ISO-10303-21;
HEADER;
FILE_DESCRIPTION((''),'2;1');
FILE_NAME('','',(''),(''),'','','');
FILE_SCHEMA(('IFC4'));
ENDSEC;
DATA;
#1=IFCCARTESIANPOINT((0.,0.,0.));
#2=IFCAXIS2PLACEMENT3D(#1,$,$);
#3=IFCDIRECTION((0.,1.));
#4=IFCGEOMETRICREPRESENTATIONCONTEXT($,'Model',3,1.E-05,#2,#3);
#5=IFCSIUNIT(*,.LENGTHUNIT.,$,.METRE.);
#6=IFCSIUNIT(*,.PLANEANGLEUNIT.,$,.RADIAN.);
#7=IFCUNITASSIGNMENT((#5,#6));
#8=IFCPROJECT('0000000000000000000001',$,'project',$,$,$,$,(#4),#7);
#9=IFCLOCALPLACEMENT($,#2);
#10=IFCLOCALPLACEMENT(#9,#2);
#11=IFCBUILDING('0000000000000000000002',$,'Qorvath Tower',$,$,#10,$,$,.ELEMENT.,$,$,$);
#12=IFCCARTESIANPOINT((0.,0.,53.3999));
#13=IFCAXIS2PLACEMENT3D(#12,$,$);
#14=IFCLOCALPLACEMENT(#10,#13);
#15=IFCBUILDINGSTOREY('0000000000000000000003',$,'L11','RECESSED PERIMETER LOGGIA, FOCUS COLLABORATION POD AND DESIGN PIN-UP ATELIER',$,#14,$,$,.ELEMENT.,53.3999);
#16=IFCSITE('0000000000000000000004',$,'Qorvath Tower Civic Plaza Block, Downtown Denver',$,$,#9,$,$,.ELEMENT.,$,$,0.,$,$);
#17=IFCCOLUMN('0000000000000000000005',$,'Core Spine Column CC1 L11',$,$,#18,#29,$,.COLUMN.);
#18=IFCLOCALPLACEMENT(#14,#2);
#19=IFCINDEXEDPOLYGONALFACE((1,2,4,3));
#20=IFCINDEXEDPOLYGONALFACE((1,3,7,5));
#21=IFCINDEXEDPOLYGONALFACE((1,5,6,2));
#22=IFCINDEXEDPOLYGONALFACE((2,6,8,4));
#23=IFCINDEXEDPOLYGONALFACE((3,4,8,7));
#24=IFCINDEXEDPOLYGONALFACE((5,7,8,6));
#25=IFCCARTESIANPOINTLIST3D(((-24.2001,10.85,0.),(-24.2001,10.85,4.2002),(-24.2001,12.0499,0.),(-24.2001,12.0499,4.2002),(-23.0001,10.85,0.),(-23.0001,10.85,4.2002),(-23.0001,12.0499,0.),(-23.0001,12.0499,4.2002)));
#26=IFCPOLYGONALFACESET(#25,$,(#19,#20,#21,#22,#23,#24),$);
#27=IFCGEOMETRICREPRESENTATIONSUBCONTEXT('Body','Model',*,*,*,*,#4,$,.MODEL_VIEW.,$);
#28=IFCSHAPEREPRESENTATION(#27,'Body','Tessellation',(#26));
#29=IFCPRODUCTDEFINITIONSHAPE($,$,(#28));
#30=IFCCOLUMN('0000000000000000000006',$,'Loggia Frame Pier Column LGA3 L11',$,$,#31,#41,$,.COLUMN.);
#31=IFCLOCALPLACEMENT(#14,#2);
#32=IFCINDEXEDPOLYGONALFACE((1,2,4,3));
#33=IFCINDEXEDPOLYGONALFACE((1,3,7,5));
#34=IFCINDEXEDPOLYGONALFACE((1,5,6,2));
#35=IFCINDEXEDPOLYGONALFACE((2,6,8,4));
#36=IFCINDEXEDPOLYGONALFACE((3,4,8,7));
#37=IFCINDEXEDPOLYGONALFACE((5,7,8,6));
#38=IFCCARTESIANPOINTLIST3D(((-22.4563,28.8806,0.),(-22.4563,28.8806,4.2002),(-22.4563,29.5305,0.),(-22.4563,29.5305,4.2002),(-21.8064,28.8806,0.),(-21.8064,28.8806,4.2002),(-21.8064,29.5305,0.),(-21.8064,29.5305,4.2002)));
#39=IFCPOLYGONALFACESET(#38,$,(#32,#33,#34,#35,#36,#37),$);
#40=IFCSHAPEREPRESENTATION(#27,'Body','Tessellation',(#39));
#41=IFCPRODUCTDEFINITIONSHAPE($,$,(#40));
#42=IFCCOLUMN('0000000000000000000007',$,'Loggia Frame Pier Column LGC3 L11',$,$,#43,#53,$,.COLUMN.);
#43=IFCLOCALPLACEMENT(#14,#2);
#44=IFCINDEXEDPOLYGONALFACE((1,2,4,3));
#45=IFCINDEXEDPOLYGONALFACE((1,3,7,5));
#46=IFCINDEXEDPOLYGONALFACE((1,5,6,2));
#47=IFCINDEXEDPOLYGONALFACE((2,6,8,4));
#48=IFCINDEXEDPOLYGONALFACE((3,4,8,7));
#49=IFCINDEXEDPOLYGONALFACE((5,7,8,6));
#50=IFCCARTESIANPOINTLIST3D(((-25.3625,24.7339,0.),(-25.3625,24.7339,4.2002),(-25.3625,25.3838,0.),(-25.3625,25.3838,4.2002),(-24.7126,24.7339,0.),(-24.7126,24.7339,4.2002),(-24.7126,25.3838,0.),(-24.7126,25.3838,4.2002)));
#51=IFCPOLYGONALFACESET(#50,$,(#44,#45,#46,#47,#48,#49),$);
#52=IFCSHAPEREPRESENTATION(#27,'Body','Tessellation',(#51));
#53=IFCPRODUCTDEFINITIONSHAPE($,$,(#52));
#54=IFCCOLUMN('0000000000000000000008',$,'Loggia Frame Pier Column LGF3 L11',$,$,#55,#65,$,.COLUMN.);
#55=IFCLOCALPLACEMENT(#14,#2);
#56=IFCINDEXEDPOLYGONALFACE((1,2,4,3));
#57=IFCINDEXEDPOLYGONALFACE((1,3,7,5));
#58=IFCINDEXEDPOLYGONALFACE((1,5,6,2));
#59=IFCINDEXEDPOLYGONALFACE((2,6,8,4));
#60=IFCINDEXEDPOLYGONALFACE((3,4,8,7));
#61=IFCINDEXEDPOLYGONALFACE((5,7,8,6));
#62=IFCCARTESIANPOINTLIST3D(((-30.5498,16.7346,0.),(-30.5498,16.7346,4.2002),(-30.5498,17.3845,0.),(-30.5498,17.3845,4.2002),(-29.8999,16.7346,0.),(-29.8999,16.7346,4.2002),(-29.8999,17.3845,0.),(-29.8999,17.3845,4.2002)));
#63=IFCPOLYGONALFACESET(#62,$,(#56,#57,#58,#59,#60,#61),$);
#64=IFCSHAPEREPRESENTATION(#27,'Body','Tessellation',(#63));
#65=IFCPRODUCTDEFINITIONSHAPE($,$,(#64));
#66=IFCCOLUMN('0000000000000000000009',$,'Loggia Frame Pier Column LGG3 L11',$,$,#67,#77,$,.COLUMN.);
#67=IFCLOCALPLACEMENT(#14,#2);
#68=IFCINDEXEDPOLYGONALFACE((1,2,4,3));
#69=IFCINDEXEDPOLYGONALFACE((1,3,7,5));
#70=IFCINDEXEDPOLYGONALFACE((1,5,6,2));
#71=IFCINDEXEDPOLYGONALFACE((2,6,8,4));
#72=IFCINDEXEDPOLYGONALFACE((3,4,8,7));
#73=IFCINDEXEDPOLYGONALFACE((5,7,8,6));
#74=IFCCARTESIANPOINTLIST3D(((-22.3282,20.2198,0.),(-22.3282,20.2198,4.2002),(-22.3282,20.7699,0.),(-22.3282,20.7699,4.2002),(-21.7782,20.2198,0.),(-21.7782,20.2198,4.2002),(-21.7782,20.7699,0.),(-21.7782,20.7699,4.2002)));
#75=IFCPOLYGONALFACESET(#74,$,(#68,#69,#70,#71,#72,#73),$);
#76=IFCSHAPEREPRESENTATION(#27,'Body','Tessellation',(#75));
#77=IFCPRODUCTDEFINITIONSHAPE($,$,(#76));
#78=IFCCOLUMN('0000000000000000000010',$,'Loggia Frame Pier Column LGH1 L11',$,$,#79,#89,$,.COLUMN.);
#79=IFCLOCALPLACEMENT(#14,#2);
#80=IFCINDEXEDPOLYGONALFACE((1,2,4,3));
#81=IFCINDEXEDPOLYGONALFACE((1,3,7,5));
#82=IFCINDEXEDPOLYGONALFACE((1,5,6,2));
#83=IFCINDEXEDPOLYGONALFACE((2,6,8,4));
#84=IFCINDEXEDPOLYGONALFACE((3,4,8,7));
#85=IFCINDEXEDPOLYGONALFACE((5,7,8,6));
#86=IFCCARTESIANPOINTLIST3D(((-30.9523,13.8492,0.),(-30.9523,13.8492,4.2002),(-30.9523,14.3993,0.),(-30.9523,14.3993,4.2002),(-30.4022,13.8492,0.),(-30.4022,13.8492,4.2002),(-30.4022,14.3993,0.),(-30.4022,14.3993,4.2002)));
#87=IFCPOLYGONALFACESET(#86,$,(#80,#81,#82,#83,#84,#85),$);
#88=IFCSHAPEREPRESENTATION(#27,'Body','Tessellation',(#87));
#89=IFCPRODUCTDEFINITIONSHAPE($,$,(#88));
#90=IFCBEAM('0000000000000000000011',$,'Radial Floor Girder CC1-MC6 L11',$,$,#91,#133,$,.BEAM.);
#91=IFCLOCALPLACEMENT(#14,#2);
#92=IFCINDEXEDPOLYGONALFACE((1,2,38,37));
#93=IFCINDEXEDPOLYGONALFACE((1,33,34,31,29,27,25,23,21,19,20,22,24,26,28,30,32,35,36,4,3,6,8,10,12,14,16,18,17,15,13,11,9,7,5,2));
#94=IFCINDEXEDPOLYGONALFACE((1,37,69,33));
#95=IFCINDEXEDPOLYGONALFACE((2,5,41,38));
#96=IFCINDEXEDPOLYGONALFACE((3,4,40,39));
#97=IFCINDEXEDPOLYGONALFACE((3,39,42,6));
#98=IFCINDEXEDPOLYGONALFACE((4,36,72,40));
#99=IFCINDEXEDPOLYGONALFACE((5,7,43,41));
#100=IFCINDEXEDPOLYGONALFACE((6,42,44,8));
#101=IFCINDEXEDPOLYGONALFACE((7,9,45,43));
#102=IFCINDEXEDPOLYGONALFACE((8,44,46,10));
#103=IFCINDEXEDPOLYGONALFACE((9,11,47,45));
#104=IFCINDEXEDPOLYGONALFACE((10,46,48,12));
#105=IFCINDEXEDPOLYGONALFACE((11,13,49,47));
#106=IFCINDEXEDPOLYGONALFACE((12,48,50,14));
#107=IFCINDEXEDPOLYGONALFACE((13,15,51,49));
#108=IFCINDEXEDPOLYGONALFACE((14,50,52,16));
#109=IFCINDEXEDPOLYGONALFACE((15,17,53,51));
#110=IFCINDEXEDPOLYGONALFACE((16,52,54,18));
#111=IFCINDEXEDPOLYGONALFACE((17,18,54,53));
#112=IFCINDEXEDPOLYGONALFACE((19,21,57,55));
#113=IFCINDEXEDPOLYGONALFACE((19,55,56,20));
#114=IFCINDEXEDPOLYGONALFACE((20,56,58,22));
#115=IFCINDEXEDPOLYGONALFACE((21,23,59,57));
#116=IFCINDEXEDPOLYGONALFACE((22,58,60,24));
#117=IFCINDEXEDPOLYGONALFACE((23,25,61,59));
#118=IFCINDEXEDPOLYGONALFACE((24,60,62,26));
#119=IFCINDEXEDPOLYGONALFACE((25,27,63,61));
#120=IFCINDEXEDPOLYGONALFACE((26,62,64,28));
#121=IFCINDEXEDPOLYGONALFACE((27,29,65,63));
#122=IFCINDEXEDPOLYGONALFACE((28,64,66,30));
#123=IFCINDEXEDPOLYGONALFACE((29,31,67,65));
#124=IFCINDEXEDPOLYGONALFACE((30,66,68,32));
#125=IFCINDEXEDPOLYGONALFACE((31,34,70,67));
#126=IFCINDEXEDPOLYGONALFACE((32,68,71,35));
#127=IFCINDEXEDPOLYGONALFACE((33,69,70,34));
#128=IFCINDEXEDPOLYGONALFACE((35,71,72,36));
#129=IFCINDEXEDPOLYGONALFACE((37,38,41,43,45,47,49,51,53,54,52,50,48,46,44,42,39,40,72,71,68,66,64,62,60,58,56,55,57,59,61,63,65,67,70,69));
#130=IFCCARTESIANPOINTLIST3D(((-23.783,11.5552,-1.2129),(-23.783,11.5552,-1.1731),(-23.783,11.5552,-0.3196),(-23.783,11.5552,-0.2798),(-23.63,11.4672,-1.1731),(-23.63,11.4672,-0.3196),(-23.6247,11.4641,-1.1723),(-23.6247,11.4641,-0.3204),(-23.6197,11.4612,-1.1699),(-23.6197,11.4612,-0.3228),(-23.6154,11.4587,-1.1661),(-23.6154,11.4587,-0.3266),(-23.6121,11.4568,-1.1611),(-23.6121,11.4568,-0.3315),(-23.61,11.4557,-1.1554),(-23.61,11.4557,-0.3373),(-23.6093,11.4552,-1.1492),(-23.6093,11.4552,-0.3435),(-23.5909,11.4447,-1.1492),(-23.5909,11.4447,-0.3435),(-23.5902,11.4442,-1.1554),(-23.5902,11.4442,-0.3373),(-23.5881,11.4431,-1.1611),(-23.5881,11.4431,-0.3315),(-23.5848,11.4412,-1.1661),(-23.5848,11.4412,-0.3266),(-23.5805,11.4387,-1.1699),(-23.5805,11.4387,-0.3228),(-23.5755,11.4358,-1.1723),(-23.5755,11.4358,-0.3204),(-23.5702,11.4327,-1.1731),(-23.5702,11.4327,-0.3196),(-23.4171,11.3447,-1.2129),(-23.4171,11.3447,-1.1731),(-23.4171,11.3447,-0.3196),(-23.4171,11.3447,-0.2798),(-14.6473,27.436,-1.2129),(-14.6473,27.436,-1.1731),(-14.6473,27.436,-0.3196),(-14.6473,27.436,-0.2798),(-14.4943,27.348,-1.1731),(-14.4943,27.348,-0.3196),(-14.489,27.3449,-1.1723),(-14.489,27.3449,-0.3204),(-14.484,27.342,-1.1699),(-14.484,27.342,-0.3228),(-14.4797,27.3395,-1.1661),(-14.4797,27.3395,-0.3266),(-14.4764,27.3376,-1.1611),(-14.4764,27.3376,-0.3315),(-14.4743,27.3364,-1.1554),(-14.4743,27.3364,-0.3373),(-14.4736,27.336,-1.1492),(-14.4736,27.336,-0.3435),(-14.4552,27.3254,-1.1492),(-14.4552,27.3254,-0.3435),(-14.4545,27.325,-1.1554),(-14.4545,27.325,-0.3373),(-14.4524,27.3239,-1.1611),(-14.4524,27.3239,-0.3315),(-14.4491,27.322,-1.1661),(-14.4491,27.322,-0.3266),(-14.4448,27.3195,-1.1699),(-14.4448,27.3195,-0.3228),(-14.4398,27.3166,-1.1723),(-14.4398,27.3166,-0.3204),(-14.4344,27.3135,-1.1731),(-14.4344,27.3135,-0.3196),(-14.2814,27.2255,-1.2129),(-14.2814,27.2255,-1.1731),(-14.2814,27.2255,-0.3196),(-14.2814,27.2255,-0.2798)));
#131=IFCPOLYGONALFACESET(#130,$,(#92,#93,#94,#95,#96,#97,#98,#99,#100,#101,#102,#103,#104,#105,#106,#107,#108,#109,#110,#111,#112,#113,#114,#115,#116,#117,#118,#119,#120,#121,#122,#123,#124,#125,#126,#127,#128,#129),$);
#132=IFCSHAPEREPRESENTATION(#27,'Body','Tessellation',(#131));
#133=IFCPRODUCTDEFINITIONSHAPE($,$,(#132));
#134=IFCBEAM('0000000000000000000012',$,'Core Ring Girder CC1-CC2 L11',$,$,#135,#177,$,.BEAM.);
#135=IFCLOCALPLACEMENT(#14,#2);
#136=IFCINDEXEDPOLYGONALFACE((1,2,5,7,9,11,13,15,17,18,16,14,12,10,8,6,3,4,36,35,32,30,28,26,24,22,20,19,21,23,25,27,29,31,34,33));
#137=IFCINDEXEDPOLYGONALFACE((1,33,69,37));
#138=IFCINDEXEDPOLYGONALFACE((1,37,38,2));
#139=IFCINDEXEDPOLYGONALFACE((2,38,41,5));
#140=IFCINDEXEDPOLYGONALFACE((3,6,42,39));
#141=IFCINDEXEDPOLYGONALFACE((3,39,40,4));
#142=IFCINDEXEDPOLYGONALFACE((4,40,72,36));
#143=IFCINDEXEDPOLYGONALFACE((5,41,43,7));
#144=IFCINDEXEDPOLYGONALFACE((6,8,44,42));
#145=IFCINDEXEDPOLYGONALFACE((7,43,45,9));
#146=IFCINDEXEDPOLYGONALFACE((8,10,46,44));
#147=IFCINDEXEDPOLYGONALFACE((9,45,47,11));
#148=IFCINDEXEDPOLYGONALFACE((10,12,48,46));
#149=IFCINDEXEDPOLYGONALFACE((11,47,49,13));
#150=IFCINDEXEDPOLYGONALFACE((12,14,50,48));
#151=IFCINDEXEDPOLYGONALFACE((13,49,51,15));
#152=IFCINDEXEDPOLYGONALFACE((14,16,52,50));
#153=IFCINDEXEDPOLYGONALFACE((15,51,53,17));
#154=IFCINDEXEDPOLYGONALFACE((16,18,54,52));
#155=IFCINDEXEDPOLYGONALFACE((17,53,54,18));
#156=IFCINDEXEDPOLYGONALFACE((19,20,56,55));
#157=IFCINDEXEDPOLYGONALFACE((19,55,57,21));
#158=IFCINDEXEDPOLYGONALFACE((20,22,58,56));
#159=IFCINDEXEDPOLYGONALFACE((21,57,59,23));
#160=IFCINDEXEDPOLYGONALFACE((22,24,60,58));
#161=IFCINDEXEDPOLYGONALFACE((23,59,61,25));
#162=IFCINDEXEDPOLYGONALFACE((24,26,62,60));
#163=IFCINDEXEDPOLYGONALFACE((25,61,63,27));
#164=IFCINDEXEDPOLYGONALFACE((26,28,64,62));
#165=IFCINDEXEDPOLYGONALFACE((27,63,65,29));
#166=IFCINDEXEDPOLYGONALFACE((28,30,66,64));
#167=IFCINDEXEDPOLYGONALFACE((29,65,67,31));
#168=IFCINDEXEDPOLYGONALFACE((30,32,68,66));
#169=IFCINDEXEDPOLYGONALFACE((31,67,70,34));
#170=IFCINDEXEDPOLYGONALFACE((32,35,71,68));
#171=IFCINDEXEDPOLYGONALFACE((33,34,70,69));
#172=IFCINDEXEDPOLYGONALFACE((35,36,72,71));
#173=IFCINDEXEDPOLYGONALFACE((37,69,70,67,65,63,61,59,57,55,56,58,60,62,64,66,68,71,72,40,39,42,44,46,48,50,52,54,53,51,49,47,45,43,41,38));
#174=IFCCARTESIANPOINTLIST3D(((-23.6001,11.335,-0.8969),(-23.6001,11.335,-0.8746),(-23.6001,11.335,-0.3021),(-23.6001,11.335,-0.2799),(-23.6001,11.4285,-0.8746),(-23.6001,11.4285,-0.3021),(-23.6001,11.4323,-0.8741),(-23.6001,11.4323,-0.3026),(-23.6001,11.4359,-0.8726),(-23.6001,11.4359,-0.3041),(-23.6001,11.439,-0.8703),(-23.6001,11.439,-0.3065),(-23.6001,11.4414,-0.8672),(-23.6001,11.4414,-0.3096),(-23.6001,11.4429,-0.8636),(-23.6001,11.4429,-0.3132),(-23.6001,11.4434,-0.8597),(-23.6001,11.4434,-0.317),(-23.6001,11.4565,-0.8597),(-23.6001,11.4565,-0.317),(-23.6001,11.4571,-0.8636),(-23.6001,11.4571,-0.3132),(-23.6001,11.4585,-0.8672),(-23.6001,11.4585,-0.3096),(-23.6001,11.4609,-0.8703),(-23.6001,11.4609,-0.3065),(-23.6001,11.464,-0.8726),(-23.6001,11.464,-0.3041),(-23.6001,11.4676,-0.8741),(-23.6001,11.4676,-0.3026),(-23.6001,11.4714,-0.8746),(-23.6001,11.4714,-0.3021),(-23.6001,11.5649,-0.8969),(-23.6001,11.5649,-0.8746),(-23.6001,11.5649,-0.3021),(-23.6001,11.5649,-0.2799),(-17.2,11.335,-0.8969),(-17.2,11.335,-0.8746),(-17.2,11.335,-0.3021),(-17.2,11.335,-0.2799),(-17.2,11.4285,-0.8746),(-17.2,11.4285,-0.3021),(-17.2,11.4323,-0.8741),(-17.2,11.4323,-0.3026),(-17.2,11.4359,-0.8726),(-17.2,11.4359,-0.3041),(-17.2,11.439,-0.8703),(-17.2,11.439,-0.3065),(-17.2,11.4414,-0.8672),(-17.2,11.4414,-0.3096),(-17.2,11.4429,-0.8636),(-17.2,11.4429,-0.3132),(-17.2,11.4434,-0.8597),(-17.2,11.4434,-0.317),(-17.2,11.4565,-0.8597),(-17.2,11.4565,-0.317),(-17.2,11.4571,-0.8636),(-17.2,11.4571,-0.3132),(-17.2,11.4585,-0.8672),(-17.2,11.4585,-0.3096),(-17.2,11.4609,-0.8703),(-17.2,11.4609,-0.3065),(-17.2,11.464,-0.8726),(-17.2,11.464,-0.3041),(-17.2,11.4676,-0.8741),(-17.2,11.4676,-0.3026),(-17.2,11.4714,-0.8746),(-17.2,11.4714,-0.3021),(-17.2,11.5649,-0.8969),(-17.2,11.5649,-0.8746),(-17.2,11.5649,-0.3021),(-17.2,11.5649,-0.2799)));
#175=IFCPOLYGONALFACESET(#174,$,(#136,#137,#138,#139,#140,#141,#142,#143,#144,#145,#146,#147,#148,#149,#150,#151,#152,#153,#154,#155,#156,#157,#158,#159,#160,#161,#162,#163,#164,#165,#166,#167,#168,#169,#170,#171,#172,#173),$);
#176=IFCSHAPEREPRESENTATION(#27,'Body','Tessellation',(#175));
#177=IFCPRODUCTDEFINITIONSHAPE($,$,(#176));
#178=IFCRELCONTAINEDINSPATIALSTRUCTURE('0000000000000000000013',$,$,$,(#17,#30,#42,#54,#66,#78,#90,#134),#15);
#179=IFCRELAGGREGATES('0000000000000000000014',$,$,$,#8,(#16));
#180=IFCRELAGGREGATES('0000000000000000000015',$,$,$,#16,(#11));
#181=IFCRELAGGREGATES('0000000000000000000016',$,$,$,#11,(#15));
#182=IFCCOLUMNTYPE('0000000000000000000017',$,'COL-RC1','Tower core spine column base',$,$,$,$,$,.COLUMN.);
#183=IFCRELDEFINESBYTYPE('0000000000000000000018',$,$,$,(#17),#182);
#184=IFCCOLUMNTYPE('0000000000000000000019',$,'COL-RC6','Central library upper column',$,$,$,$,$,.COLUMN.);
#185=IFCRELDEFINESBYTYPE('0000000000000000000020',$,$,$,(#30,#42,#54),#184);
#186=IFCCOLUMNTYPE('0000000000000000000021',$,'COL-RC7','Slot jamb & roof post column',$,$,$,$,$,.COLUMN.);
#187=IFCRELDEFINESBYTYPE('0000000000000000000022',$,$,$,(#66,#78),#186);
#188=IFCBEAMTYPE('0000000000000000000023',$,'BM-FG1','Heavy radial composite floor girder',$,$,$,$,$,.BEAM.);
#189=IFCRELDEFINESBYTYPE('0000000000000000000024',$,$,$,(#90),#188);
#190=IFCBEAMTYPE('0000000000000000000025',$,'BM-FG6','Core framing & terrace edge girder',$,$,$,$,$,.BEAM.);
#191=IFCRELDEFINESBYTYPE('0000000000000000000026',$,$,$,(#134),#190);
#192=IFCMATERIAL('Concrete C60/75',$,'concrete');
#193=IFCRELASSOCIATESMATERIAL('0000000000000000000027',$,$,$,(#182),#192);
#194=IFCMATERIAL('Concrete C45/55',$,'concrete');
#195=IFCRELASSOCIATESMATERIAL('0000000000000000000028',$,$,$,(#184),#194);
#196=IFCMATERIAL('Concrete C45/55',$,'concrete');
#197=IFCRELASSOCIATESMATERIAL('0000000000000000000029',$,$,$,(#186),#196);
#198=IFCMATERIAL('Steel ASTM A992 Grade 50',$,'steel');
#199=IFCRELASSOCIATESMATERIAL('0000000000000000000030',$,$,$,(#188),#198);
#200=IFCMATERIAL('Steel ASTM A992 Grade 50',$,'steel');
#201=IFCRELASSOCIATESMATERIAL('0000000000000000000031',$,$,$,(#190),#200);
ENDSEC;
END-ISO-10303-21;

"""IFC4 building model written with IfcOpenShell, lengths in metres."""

from ifc_helpers import new_model, si_unit, direction, frame, origin, origin_2d, place, context, subcontext, project, spatial, rectangle, i_section, extrude, material, material_profile, profile_set, type_object, element, save


model = new_model("IFC4")

# Units and contexts
model_context = context("Model", 3, precision=1e-05, world=origin(), true_north=direction((0.0, 1.0)))
body_context = subcontext(model_context, "Body", "Model", "MODEL_VIEW")
ifc_project = project(units=[si_unit("LENGTHUNIT", "METRE"), si_unit("PLANEANGLEUNIT", "RADIAN")], contexts=[model_context])

# Site, building, storey
site_placement = place(None, origin())
site = spatial("IfcSite", under=ifc_project, at=site_placement, Name="Qorvath Tower Civic Plaza Block, Downtown Denver", CompositionType="ELEMENT", RefElevation=0.0)
building_placement = place(site_placement, origin())
building = spatial("IfcBuilding", under=site, at=building_placement, Name="Qorvath Tower", CompositionType="ELEMENT")
storey_placement = place(building_placement, frame((0.0, 0.0, 53.3999)))
storey = spatial("IfcBuildingStorey", under=building, at=storey_placement, Name="L11", Description="RECESSED PERIMETER LOGGIA, FOCUS COLLABORATION POD AND DESIGN PIN-UP ATELIER", CompositionType="ELEMENT", Elevation=53.3999)

# Columns
ifc_material_1 = material(Name="Concrete C60/75", Category="concrete")
ifc_material_profile_1 = material_profile(ifc_material_1, rectangle(XDim=1.2, YDim=1.2, at=origin_2d()), Name="RC 1200x1200")
ifc_profile_set_1 = profile_set([ifc_material_profile_1], Name="Concrete C60/75")
column_type_1 = type_object("IfcColumnType", Name="COL-RC1", Description="Tower core spine column base", PredefinedType="COLUMN", material=ifc_profile_set_1)
column_placement = place(storey_placement, frame((-23.6001, 11.45, 0.0), z_axis=(0.0, 0.0, 1.0), x_axis=(1.0, 0.0, 0.0)))
element("IfcColumn", 1, at=column_placement, inside=storey, type_object=column_type_1, Name="Core Spine Column CC1 L11", PredefinedType="COLUMN", context=body_context, shape_type="SweptSolid", body=[
    extrude(rectangle(XDim=1.2, YDim=1.2, at=origin_2d()), origin(), (0.0, 0.0, 1.0), 4.2002),
])
ifc_material_2 = material(Name="Concrete C45/55", Category="concrete")
ifc_material_profile_2 = material_profile(ifc_material_2, rectangle(XDim=0.6499, YDim=0.6499, at=origin_2d()), Name="RC 650x650")
ifc_profile_set_2 = profile_set([ifc_material_profile_2], Name="Concrete C45/55")
column_type_2 = type_object("IfcColumnType", Name="COL-RC6", Description="Central library upper column", PredefinedType="COLUMN", material=ifc_profile_set_2)
for number, where, z_axis, x_axis, name in (
    (2, (-22.1313, 29.2056, 0.0), (0.0, 0.0, 1.0), (1.0, 0.0, 0.0), "Loggia Frame Pier Column LGA3 L11"),
    (3, (-25.0376, 25.0588, 0.0), (0.0, 0.0, 1.0), (1.0, 0.0, 0.0), "Loggia Frame Pier Column LGC3 L11"),
    (4, (-30.2249, 17.0596, 0.0), (0.0, 0.0, 1.0), (1.0, 0.0, 0.0), "Loggia Frame Pier Column LGF3 L11"),
):
    element("IfcColumn", number, at=place(storey_placement, frame(where, z_axis=z_axis, x_axis=x_axis)), inside=storey, type_object=column_type_2, Name=name, PredefinedType="COLUMN", context=body_context, shape_type="SweptSolid", body=[
        extrude(rectangle(XDim=0.6499, YDim=0.6499, at=origin_2d()), origin(), (0.0, 0.0, 1.0), 4.2002),
    ])
ifc_material_3 = material(Name="Concrete C45/55", Category="concrete")
ifc_material_profile_3 = material_profile(ifc_material_3, rectangle(XDim=0.55, YDim=0.55, at=origin_2d()), Name="RC 550x550")
ifc_profile_set_3 = profile_set([ifc_material_profile_3], Name="Concrete C45/55")
column_type_3 = type_object("IfcColumnType", Name="COL-RC7", Description="Slot jamb & roof post column", PredefinedType="COLUMN", material=ifc_profile_set_3)
for number, where, z_axis, x_axis, name in (
    (5, (-22.0532, 20.4949, 0.0), (0.0, 0.0, 1.0), (1.0, 0.0, 0.0), "Loggia Frame Pier Column LGG3 L11"),
    (6, (-30.6772, 14.1243, 0.0), (0.0, 0.0, 1.0), (1.0, 0.0, 0.0), "Loggia Frame Pier Column LGH1 L11"),
):
    element("IfcColumn", number, at=place(storey_placement, frame(where, z_axis=z_axis, x_axis=x_axis)), inside=storey, type_object=column_type_3, Name=name, PredefinedType="COLUMN", context=body_context, shape_type="SweptSolid", body=[
        extrude(rectangle(XDim=0.55, YDim=0.55, at=origin_2d()), origin(), (0.0, 0.0, 1.0), 4.2002),
    ])

# Beams
ifc_material_4 = material(Name="Steel ASTM A992 Grade 50", Category="steel")
ifc_material_profile_4 = material_profile(ifc_material_4, i_section(OverallWidth=0.4221, OverallDepth=0.9331, WebThickness=0.0212, FlangeThickness=0.0398, FilletRadius=0.0239, at=origin_2d()), Name="W36x262")
ifc_profile_set_4 = profile_set([ifc_material_profile_4], Name="Steel ASTM A992 Grade 50")
beam_type_1 = type_object("IfcBeamType", Name="BM-FG1", Description="Heavy radial composite floor girder", PredefinedType="BEAM", material=ifc_profile_set_4)
beam_1_placement = place(storey_placement, frame((-23.6001, 11.45, -0.7463), z_axis=(0.498645, 0.866806, 0.0), x_axis=(-0.866806, 0.498645, 0.0)))
element("IfcBeam", 7, at=beam_1_placement, inside=storey, type_object=beam_type_1, Name="Radial Floor Girder CC1-MC6 L11", PredefinedType="BEAM", context=body_context, shape_type="SweptSolid", body=[
    extrude(i_section(OverallWidth=0.4221, OverallDepth=0.9331, WebThickness=0.0212, FlangeThickness=0.0398, FilletRadius=0.0239, at=origin_2d()), origin(), (0.0, 0.0, 1.0), 18.321),
])
ifc_material_5 = material(Name="Steel ASTM A992 Grade 50", Category="steel")
ifc_material_profile_5 = material_profile(ifc_material_5, i_section(OverallWidth=0.23, OverallDepth=0.6169, WebThickness=0.0132, FlangeThickness=0.0222, FilletRadius=0.0149, at=origin_2d()), Name="W24x94")
ifc_profile_set_5 = profile_set([ifc_material_profile_5], Name="Steel ASTM A992 Grade 50")
beam_type_2 = type_object("IfcBeamType", Name="BM-FG6", Description="Core framing & terrace edge girder", PredefinedType="BEAM", material=ifc_profile_set_5)
beam_2_placement = place(storey_placement, frame((-23.6001, 11.45, -0.5884), z_axis=(1.0, 0.0, 0.0), x_axis=(0.0, 1.0, 0.0)))
element("IfcBeam", 8, at=beam_2_placement, inside=storey, type_object=beam_type_2, Name="Core Ring Girder CC1-CC2 L11", PredefinedType="BEAM", context=body_context, shape_type="SweptSolid", body=[
    extrude(i_section(OverallWidth=0.23, OverallDepth=0.6169, WebThickness=0.0132, FlangeThickness=0.0222, FilletRadius=0.0149, at=origin_2d()), origin(), (0.0, 0.0, 1.0), 6.4001),
])

save(model, "model.ifc")
